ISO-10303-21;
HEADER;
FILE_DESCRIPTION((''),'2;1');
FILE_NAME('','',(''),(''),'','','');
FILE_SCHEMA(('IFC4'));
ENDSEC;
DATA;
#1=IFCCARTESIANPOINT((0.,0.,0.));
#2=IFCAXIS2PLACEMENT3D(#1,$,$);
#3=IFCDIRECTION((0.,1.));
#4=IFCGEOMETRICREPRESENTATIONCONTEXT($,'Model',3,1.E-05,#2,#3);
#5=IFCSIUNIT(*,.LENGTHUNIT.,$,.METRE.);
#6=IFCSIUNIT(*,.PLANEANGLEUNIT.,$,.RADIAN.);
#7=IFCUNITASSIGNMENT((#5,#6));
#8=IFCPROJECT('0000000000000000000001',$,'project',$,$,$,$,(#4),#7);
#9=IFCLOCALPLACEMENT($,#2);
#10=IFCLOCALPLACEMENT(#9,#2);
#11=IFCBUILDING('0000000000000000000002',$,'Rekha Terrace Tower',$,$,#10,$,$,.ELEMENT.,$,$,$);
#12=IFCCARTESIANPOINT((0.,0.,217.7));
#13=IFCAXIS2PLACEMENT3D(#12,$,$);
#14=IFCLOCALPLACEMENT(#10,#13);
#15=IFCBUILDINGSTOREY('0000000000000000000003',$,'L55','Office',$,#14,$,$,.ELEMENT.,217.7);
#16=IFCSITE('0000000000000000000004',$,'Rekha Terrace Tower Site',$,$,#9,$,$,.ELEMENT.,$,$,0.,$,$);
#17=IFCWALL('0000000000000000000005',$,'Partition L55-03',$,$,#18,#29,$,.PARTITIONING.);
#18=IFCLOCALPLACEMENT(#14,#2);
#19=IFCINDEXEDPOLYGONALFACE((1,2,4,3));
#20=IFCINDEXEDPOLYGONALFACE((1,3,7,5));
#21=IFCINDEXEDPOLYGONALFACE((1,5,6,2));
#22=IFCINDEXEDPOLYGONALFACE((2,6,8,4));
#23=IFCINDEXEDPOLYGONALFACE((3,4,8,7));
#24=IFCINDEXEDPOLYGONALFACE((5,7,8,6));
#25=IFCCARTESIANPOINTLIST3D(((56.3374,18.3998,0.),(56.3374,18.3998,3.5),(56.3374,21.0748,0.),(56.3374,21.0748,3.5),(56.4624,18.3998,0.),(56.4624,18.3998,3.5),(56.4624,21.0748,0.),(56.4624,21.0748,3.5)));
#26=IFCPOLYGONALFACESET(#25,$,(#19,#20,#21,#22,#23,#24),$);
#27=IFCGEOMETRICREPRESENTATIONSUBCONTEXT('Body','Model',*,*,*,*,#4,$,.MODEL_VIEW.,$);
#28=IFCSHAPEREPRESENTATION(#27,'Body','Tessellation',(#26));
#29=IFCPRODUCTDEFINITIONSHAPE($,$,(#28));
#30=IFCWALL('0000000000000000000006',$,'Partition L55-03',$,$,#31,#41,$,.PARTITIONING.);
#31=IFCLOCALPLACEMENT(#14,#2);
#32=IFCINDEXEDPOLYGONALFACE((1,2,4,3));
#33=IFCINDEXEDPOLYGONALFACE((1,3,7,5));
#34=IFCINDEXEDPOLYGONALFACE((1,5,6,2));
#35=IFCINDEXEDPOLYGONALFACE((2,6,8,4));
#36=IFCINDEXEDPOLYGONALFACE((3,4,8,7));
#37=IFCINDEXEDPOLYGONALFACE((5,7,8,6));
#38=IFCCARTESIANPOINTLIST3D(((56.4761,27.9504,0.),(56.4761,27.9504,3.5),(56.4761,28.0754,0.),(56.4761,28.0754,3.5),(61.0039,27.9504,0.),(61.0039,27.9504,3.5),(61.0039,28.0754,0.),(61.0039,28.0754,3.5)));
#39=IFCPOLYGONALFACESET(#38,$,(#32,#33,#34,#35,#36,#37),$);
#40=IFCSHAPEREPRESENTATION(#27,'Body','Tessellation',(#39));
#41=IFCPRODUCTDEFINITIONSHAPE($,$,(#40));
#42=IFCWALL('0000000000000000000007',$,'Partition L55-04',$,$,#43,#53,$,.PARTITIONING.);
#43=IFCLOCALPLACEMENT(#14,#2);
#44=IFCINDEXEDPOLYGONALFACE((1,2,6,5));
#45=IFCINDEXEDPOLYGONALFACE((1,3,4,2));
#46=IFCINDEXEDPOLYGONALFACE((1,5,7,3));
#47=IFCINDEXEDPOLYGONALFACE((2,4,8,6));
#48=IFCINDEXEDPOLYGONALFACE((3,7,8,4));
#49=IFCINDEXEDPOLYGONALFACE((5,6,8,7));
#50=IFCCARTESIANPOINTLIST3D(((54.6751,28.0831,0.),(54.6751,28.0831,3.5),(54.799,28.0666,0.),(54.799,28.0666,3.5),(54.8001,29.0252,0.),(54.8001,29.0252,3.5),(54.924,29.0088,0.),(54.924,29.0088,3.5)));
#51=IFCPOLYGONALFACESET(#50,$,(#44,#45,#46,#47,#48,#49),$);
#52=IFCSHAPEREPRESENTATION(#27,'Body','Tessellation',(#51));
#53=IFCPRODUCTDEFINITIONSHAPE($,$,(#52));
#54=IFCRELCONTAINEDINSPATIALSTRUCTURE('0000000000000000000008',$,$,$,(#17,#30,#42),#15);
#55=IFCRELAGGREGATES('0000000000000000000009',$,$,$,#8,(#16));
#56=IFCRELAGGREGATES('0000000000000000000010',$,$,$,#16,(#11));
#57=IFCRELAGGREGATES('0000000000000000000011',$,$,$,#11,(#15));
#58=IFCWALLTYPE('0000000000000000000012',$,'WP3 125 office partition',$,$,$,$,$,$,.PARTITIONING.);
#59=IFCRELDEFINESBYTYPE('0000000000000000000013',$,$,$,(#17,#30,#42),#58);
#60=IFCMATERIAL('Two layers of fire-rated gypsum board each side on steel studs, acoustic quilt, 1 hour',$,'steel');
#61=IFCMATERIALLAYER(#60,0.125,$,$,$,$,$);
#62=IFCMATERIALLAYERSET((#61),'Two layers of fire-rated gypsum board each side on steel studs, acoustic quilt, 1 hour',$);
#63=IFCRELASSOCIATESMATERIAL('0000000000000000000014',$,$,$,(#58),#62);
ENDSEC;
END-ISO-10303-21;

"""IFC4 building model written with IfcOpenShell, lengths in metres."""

from ifc_helpers import new_model, si_unit, direction, frame, frame_2d, origin, place, context, subcontext, project, spatial, rectangle, extrude, material, layer, layer_set, type_object, element, save


model = new_model("IFC4")

# Units and contexts
model_context = context("Model", 3, precision=1e-05, world=origin(), true_north=direction((0.0, 1.0)))
body_context = subcontext(model_context, "Body", "Model", "MODEL_VIEW")
ifc_project = project(units=[si_unit("LENGTHUNIT", "METRE"), si_unit("PLANEANGLEUNIT", "RADIAN")], contexts=[model_context])

# Site, building, storey
site_placement = place(None, origin())
site = spatial("IfcSite", under=ifc_project, at=site_placement, Name="Rekha Terrace Tower Site", CompositionType="ELEMENT", RefElevation=0.0)
building_placement = place(site_placement, origin())
building = spatial("IfcBuilding", under=site, at=building_placement, Name="Rekha Terrace Tower", CompositionType="ELEMENT")
storey_placement = place(building_placement, frame((0.0, 0.0, 217.7)))
storey = spatial("IfcBuildingStorey", under=building, at=storey_placement, Name="L55", Description="Office", CompositionType="ELEMENT", Elevation=217.7)

# Walls
ifc_material_1 = material(Name="Two layers of fire-rated gypsum board each side on steel studs, acoustic quilt, 1 hour", Category="steel")
ifc_layer_1 = layer(ifc_material_1, 0.125)
ifc_layer_set_1 = layer_set([ifc_layer_1], Name="Two layers of fire-rated gypsum board each side on steel studs, acoustic quilt, 1 hour")
wall_type_1 = type_object("IfcWallType", Name="WP3 125 office partition", PredefinedType="PARTITIONING", material=ifc_layer_set_1)
wall_1_placement = place(storey_placement, frame((56.3999, 18.3999, 0.0), z_axis=(0.0, 0.0, 1.0), x_axis=(0.0, 1.0, 0.0)))
element("IfcWall", 1, at=wall_1_placement, inside=storey, type_object=wall_type_1, Name="Partition L55-03", PredefinedType="PARTITIONING", context=body_context, shape_type="SweptSolid", body=[
    extrude(rectangle(XDim=2.675, YDim=0.125, at=frame_2d((1.3374, 0.0))), origin(), (0.0, 0.0, 1.0), 3.5),
])
wall_2_placement = place(storey_placement, frame((56.4761, 28.0129, 0.0), z_axis=(0.0, 0.0, 1.0), x_axis=(1.0, 0.0, 0.0)))
element("IfcWall", 2, at=wall_2_placement, inside=storey, type_object=wall_type_1, Name="Partition L55-03", PredefinedType="PARTITIONING", context=body_context, shape_type="SweptSolid", body=[
    extrude(rectangle(XDim=4.5278, YDim=0.125, at=frame_2d((2.2639, 0.0))), origin(), (0.0, 0.0, 1.0), 3.5),
])
wall_3_placement = place(storey_placement, frame((54.7371, 28.075, 0.0), z_axis=(0.0, 0.0, 1.0), x_axis=(0.131524, 0.991313, 0.0)))
element("IfcWall", 3, at=wall_3_placement, inside=storey, type_object=wall_type_1, Name="Partition L55-04", PredefinedType="PARTITIONING", context=body_context, shape_type="SweptSolid", body=[
    extrude(rectangle(XDim=0.9504, YDim=0.125, at=frame_2d((0.4751, 0.0))), origin(), (0.0, 0.0, 1.0), 3.5),
])

save(model, "model.ifc")
